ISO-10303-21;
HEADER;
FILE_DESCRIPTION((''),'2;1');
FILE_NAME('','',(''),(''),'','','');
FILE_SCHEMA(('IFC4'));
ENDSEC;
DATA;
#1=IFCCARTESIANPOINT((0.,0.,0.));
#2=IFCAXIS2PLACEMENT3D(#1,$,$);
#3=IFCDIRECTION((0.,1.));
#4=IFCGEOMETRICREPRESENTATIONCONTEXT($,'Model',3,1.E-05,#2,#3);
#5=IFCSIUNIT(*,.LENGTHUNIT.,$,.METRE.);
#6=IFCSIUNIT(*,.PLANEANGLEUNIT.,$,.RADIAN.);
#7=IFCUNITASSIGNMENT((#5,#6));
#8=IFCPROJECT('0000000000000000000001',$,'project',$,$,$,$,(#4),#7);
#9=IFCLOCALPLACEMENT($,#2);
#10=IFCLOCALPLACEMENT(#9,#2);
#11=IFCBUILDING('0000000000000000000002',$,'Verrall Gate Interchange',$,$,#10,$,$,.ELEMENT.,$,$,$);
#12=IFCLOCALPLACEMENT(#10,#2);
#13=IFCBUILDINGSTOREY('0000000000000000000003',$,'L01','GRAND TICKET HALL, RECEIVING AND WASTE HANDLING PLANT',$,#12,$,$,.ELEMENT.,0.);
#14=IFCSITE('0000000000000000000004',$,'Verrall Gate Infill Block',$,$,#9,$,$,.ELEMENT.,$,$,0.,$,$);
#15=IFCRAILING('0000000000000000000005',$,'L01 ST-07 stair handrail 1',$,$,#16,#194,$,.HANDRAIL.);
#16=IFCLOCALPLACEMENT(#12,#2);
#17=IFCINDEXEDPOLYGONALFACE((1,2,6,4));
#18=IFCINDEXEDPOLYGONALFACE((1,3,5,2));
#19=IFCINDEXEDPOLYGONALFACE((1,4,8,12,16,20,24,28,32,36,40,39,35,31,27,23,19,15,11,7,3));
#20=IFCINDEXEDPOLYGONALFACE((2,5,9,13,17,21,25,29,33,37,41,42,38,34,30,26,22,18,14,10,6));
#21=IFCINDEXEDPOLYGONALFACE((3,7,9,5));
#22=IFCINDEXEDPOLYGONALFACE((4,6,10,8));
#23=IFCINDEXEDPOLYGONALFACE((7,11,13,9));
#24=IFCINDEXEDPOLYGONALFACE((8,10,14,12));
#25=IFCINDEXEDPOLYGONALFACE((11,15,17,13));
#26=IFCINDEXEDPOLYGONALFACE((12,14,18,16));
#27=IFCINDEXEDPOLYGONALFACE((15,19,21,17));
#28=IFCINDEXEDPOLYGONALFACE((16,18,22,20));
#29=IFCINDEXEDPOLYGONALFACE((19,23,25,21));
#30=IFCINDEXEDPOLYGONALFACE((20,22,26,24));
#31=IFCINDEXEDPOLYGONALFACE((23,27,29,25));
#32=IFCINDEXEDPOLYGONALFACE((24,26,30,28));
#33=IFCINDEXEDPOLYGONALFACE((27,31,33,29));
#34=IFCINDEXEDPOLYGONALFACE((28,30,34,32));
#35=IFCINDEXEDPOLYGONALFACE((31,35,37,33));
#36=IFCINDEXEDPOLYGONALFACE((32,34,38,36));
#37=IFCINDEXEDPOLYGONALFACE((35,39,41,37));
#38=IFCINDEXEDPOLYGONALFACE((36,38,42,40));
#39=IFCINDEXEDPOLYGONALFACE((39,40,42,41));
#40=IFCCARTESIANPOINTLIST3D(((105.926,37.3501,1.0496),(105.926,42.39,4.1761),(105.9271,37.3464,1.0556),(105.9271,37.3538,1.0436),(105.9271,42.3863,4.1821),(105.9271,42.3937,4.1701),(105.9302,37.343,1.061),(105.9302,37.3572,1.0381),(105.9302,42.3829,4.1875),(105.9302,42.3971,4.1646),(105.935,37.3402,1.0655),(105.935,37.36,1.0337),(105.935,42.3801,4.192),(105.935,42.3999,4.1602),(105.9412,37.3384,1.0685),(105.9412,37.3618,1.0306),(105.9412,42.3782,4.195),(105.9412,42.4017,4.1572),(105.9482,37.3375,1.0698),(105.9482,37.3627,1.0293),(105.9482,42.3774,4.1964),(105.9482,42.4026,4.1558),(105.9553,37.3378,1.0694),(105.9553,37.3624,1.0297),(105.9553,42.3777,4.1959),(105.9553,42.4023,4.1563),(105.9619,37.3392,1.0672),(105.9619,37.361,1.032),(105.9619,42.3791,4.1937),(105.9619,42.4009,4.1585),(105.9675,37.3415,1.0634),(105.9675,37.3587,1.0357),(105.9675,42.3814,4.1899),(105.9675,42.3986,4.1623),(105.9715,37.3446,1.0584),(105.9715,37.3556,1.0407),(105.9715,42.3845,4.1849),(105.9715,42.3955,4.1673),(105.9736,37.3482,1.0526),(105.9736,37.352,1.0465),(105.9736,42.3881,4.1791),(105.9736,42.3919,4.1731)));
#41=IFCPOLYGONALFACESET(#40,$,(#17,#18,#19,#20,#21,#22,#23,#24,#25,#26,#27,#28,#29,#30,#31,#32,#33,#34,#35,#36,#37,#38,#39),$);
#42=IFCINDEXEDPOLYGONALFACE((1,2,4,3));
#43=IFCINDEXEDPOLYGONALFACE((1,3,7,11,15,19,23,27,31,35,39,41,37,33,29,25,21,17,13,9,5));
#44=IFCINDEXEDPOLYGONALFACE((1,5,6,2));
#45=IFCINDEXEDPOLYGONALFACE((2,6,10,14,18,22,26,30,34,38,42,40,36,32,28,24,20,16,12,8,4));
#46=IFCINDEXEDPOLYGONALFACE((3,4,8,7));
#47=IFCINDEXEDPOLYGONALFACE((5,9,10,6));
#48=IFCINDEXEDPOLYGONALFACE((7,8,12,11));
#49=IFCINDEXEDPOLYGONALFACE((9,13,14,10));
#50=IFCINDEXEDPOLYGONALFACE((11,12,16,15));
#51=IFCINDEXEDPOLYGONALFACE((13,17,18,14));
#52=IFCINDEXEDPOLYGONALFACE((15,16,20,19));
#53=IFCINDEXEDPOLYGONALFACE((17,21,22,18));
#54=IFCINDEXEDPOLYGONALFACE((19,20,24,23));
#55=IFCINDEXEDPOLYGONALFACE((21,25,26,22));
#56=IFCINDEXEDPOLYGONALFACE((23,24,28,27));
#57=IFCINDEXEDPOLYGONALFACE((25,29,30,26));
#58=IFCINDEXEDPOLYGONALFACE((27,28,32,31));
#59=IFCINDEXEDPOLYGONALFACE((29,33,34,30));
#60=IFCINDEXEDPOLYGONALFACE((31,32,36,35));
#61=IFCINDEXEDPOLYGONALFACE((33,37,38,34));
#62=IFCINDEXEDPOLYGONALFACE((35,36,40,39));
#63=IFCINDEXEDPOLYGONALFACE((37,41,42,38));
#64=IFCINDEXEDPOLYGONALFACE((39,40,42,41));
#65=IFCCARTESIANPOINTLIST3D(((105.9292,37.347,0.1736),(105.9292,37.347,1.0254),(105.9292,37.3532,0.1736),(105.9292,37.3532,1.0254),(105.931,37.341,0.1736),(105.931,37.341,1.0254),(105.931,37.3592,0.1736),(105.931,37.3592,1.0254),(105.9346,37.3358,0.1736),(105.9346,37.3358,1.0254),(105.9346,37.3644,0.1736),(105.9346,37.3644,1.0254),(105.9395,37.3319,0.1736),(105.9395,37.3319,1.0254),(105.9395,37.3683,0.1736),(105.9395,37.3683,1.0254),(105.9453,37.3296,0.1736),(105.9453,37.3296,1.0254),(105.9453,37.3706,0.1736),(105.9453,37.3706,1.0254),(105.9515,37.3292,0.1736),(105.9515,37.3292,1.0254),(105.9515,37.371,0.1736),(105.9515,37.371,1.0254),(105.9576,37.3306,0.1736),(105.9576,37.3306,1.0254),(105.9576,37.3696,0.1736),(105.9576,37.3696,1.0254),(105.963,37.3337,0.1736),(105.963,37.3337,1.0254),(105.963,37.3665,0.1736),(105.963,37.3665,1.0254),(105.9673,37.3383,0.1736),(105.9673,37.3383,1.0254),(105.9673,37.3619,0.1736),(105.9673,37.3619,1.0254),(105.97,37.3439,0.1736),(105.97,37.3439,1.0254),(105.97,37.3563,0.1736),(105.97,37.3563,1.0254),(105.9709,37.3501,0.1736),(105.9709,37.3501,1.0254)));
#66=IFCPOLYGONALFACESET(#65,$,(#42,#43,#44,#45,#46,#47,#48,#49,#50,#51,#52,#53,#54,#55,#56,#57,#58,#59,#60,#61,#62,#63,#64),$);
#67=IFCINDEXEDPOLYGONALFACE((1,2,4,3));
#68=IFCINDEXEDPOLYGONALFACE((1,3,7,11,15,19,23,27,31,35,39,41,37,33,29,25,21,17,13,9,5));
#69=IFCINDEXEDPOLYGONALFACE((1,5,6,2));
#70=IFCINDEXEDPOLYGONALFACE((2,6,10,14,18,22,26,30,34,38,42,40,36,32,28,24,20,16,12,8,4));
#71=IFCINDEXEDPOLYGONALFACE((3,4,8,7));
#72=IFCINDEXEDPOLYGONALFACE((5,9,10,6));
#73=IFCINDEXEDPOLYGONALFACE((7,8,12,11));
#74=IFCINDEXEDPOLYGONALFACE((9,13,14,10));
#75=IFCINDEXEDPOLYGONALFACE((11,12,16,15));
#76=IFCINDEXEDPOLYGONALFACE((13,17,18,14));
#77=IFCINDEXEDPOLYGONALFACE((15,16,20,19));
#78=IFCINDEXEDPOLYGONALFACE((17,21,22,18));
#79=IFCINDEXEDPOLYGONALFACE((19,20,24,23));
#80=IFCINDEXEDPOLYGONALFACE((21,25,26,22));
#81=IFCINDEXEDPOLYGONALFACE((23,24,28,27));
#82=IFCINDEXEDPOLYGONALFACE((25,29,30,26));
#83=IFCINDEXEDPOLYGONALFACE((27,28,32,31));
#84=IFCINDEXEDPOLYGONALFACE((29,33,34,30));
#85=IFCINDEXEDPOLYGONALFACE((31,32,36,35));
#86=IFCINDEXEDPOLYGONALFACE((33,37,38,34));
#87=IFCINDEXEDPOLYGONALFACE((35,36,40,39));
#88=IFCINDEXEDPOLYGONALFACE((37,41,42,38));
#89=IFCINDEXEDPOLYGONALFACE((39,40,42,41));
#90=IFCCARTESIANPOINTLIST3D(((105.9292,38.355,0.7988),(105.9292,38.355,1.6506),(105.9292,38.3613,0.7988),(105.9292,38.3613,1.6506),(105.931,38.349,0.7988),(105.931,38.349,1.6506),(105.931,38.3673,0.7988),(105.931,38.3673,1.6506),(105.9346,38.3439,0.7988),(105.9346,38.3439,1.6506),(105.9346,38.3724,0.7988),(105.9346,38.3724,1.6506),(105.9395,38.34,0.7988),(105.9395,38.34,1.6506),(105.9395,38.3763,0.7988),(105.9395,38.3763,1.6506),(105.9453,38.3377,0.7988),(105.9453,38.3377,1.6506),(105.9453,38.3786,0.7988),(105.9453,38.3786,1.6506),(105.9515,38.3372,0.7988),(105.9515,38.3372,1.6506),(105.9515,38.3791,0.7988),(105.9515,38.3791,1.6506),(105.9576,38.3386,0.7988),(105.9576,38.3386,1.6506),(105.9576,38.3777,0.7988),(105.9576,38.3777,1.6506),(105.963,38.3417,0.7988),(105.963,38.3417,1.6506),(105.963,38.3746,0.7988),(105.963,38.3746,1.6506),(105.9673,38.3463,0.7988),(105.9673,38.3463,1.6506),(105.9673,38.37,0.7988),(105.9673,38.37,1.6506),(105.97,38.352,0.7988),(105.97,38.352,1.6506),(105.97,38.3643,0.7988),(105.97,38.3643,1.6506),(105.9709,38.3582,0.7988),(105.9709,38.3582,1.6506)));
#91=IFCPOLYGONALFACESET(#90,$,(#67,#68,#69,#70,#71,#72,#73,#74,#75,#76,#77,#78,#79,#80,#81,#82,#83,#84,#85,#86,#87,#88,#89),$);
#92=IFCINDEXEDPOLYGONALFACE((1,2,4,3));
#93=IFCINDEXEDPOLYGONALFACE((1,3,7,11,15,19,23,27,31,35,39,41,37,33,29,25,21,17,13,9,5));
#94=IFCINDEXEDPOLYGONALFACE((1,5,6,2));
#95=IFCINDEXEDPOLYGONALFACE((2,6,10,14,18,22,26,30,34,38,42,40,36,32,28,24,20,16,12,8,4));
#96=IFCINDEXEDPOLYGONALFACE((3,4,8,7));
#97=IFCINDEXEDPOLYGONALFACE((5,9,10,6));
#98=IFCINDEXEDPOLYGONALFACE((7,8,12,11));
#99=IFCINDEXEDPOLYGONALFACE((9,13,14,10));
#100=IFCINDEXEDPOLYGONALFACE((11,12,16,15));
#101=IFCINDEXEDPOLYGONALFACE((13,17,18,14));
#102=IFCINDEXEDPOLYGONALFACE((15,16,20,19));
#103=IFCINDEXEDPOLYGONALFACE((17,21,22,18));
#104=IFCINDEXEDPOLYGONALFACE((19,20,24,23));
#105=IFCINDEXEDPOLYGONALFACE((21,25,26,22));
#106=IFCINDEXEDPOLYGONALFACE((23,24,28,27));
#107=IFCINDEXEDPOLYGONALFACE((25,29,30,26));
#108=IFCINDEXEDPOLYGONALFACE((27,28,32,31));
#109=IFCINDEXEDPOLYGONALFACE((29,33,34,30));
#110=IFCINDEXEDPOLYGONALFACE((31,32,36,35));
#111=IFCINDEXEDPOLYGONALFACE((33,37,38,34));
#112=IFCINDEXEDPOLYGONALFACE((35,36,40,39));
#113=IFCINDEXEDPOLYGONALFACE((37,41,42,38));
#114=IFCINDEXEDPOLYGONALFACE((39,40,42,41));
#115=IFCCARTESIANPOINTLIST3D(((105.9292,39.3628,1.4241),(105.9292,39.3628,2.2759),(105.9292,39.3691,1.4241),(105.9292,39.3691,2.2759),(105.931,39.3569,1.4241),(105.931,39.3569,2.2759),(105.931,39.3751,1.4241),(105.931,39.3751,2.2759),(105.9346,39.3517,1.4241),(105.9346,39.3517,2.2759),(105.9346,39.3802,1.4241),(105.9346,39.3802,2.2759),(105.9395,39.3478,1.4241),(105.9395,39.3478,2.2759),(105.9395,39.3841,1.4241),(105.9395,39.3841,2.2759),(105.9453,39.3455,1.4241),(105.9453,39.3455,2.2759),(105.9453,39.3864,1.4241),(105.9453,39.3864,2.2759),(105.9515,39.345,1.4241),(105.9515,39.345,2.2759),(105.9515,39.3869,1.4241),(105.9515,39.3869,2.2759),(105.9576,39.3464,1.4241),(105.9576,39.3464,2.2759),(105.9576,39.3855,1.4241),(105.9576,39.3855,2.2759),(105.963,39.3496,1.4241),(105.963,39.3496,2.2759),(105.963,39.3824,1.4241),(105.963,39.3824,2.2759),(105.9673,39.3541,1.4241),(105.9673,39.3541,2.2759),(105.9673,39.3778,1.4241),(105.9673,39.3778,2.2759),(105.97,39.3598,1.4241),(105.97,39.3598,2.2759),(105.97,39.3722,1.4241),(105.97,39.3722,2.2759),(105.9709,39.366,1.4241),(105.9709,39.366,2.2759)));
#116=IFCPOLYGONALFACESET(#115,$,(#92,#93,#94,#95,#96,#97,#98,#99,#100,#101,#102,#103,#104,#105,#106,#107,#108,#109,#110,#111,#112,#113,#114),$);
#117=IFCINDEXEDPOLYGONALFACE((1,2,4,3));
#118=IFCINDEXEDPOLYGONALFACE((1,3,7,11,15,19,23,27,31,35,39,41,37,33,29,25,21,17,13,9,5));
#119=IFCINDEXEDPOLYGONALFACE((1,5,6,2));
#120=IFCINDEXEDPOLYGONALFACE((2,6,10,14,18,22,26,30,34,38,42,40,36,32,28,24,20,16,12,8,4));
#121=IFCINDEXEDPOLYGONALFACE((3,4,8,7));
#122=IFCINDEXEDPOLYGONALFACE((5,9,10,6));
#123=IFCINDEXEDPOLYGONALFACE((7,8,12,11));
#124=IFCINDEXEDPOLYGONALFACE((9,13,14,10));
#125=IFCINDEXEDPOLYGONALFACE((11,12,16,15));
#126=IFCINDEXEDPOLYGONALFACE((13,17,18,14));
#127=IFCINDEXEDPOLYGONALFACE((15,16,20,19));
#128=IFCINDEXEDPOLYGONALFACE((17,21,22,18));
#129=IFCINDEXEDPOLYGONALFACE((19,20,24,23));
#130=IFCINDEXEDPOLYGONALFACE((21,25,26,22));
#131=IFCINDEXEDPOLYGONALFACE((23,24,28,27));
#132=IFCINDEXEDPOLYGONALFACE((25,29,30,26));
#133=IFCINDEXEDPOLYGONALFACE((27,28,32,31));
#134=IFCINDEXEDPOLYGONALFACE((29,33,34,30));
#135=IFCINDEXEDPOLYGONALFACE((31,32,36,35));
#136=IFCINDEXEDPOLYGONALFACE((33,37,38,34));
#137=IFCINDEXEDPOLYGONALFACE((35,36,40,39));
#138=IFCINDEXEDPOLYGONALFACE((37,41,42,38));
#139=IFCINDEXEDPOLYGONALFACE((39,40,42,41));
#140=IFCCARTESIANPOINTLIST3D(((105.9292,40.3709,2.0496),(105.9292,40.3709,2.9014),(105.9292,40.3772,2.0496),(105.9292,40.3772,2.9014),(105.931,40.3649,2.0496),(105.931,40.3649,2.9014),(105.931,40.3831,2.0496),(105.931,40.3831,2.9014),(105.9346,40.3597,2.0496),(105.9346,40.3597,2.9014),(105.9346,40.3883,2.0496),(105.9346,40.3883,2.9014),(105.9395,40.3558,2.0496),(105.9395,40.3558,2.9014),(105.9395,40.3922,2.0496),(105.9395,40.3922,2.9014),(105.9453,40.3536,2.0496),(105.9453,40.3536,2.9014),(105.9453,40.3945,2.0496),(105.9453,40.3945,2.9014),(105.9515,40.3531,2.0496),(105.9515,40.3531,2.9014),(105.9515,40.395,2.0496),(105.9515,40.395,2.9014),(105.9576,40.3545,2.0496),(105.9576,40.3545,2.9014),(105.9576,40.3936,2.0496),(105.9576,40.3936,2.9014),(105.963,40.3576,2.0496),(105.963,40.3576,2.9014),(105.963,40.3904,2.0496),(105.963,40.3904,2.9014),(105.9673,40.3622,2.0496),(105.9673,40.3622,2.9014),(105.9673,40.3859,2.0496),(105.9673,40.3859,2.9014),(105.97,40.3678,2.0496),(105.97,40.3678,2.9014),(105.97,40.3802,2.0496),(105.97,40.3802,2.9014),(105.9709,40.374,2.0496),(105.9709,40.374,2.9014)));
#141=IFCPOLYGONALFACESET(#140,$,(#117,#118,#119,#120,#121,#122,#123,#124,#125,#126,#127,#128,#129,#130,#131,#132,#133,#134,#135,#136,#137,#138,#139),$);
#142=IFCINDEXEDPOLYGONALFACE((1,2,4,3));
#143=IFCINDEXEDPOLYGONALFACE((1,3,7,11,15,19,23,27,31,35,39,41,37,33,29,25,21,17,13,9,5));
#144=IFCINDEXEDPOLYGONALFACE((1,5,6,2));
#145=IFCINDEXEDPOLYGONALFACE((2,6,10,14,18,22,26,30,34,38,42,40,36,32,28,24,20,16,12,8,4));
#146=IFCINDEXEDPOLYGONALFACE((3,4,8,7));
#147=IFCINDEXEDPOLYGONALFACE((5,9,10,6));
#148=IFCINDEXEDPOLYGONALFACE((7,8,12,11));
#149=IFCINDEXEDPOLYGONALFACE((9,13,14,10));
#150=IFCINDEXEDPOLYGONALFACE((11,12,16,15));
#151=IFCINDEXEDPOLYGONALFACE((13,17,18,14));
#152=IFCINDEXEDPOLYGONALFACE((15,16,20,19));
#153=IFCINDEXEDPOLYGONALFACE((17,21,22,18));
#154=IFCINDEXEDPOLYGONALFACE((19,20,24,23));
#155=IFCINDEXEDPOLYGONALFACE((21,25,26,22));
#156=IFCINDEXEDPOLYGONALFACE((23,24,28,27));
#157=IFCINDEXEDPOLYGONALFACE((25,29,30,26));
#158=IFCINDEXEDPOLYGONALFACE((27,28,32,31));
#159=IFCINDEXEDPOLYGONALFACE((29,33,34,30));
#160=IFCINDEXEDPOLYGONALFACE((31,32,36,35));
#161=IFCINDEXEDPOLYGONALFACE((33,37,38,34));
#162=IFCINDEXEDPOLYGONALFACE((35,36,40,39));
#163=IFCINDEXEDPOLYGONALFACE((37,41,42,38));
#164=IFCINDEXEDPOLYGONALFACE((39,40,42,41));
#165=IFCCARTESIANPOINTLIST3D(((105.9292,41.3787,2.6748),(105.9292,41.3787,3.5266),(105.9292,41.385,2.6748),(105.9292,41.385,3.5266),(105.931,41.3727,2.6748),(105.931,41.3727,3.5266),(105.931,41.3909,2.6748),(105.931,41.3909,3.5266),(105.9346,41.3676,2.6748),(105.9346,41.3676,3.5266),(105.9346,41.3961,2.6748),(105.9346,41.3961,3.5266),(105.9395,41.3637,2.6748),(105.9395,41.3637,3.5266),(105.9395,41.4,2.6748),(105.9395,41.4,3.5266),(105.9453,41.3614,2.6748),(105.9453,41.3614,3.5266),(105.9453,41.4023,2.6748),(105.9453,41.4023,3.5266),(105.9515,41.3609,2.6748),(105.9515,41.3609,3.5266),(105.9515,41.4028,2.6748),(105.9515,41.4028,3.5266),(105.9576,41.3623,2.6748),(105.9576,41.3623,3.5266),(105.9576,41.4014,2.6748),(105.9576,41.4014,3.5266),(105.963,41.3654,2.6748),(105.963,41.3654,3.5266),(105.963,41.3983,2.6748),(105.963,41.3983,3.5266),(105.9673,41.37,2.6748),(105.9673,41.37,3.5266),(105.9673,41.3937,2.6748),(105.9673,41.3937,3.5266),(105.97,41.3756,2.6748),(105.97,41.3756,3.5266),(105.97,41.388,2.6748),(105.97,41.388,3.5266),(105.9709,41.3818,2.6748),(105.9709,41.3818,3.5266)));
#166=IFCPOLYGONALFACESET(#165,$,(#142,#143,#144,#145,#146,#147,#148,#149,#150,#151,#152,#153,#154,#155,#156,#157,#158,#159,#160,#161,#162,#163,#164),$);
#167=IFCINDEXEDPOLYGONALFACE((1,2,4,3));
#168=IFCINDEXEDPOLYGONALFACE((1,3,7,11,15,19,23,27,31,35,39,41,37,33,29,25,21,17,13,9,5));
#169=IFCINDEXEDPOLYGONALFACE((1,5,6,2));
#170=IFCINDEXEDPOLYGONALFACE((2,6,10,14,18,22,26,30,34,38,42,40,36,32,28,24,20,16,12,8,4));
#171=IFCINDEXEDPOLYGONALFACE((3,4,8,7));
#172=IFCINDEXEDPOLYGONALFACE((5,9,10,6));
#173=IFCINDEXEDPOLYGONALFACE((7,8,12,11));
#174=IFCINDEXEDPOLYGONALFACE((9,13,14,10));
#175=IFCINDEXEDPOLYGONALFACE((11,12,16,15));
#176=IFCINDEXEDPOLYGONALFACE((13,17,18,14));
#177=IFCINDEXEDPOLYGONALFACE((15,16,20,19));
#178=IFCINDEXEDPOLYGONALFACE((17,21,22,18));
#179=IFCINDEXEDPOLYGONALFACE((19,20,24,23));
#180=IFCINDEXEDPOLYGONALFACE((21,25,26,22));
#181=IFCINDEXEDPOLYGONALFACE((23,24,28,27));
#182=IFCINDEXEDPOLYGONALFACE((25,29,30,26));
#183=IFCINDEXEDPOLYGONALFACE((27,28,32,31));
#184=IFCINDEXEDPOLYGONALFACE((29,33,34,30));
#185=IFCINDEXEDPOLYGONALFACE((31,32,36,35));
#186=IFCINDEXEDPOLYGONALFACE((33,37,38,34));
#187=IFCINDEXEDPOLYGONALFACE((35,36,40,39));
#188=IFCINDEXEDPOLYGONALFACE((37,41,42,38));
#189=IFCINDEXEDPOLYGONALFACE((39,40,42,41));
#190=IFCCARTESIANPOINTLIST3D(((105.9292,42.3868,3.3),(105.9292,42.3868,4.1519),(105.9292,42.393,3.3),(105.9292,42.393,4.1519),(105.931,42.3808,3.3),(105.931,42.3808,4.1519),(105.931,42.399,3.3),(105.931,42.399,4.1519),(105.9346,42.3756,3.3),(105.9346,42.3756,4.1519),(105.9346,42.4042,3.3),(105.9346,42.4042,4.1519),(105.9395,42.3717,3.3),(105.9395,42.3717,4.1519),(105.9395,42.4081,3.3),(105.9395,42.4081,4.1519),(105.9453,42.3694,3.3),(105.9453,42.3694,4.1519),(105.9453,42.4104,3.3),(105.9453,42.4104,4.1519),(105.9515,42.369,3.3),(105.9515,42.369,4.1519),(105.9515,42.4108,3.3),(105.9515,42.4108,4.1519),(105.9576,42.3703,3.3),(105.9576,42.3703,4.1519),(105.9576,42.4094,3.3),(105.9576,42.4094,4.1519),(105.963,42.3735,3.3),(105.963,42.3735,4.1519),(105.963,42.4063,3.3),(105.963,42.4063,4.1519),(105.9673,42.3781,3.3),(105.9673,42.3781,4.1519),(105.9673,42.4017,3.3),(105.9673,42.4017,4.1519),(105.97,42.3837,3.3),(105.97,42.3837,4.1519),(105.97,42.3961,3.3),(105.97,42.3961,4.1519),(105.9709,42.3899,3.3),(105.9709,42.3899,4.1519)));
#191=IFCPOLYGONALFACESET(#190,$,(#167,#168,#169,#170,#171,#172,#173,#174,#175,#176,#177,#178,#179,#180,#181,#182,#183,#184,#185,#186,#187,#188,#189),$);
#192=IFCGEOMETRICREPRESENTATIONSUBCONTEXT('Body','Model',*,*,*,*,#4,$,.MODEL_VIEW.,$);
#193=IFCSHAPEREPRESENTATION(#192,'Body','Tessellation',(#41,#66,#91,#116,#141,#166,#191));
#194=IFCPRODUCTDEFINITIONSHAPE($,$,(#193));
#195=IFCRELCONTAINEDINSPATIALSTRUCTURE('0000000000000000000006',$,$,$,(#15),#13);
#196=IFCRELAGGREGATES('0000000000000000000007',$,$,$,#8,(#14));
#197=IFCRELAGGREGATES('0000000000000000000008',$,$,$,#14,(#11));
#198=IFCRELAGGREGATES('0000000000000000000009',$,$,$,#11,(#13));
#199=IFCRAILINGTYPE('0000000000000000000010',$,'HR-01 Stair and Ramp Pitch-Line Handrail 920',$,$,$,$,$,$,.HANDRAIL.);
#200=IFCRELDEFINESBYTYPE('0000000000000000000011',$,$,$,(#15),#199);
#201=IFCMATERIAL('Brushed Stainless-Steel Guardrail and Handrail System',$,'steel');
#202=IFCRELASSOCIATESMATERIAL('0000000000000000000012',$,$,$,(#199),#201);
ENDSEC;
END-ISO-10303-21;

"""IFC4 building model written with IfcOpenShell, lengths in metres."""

from ifc_helpers import new_model, si_unit, direction, frame, origin, origin_2d, place, context, subcontext, project, spatial, circle, extrude, material, type_object, element, save


model = new_model("IFC4")

# Units and contexts
model_context = context("Model", 3, precision=1e-05, world=origin(), true_north=direction((0.0, 1.0)))
body_context = subcontext(model_context, "Body", "Model", "MODEL_VIEW")
ifc_project = project(units=[si_unit("LENGTHUNIT", "METRE"), si_unit("PLANEANGLEUNIT", "RADIAN")], contexts=[model_context])

# Site, building, storey
site_placement = place(None, origin())
site = spatial("IfcSite", under=ifc_project, at=site_placement, Name="Verrall Gate Infill Block", CompositionType="ELEMENT", RefElevation=0.0)
building_placement = place(site_placement, origin())
building = spatial("IfcBuilding", under=site, at=building_placement, Name="Verrall Gate Interchange", CompositionType="ELEMENT")
storey_placement = place(building_placement, origin())
storey = spatial("IfcBuildingStorey", under=building, at=storey_placement, Name="L01", Description="GRAND TICKET HALL, RECEIVING AND WASTE HANDLING PLANT", CompositionType="ELEMENT", Elevation=0.0)

# Railing
ifc_material_1 = material(Name="Brushed Stainless-Steel Guardrail and Handrail System", Category="steel")
railing_type = type_object("IfcRailingType", Name="HR-01 Stair and Ramp Pitch-Line Handrail 920", PredefinedType="HANDRAIL", material=ifc_material_1)
railing_placement = place(storey_placement, frame((105.95, 37.3501, 0.1736)))
element("IfcRailing", 1, at=railing_placement, inside=storey, type_object=railing_type, Name="L01 ST-07 stair handrail 1", PredefinedType="HANDRAIL", context=body_context, shape_type="SweptSolid", body=[
    extrude(circle(Radius=0.0239, at=origin_2d()), frame((0.0, 0.0, 0.876), z_axis=(0.0, 0.849767, 0.527158), x_axis=(-1.0, 0.0, 0.0)), (0.0, 0.0, 1.0), 5.9309),
    extrude(circle(Radius=0.021, at=origin_2d()), origin(), (0.0, 0.0, 1.0), 0.8518),
    extrude(circle(Radius=0.021, at=origin_2d()), frame((0.0, 1.0081, 0.6252)), (0.0, 0.0, 1.0), 0.8518),
    extrude(circle(Radius=0.021, at=origin_2d()), frame((0.0, 2.0159, 1.2505)), (0.0, 0.0, 1.0), 0.8518),
    extrude(circle(Radius=0.021, at=origin_2d()), frame((0.0, 3.0239, 1.876)), (0.0, 0.0, 1.0), 0.8518),
    extrude(circle(Radius=0.021, at=origin_2d()), frame((0.0, 4.0317, 2.5012)), (0.0, 0.0, 1.0), 0.8518),
    extrude(circle(Radius=0.021, at=origin_2d()), frame((0.0, 5.0398, 3.1265)), (0.0, 0.0, 1.0), 0.8518),
])

save(model, "model.ifc")
